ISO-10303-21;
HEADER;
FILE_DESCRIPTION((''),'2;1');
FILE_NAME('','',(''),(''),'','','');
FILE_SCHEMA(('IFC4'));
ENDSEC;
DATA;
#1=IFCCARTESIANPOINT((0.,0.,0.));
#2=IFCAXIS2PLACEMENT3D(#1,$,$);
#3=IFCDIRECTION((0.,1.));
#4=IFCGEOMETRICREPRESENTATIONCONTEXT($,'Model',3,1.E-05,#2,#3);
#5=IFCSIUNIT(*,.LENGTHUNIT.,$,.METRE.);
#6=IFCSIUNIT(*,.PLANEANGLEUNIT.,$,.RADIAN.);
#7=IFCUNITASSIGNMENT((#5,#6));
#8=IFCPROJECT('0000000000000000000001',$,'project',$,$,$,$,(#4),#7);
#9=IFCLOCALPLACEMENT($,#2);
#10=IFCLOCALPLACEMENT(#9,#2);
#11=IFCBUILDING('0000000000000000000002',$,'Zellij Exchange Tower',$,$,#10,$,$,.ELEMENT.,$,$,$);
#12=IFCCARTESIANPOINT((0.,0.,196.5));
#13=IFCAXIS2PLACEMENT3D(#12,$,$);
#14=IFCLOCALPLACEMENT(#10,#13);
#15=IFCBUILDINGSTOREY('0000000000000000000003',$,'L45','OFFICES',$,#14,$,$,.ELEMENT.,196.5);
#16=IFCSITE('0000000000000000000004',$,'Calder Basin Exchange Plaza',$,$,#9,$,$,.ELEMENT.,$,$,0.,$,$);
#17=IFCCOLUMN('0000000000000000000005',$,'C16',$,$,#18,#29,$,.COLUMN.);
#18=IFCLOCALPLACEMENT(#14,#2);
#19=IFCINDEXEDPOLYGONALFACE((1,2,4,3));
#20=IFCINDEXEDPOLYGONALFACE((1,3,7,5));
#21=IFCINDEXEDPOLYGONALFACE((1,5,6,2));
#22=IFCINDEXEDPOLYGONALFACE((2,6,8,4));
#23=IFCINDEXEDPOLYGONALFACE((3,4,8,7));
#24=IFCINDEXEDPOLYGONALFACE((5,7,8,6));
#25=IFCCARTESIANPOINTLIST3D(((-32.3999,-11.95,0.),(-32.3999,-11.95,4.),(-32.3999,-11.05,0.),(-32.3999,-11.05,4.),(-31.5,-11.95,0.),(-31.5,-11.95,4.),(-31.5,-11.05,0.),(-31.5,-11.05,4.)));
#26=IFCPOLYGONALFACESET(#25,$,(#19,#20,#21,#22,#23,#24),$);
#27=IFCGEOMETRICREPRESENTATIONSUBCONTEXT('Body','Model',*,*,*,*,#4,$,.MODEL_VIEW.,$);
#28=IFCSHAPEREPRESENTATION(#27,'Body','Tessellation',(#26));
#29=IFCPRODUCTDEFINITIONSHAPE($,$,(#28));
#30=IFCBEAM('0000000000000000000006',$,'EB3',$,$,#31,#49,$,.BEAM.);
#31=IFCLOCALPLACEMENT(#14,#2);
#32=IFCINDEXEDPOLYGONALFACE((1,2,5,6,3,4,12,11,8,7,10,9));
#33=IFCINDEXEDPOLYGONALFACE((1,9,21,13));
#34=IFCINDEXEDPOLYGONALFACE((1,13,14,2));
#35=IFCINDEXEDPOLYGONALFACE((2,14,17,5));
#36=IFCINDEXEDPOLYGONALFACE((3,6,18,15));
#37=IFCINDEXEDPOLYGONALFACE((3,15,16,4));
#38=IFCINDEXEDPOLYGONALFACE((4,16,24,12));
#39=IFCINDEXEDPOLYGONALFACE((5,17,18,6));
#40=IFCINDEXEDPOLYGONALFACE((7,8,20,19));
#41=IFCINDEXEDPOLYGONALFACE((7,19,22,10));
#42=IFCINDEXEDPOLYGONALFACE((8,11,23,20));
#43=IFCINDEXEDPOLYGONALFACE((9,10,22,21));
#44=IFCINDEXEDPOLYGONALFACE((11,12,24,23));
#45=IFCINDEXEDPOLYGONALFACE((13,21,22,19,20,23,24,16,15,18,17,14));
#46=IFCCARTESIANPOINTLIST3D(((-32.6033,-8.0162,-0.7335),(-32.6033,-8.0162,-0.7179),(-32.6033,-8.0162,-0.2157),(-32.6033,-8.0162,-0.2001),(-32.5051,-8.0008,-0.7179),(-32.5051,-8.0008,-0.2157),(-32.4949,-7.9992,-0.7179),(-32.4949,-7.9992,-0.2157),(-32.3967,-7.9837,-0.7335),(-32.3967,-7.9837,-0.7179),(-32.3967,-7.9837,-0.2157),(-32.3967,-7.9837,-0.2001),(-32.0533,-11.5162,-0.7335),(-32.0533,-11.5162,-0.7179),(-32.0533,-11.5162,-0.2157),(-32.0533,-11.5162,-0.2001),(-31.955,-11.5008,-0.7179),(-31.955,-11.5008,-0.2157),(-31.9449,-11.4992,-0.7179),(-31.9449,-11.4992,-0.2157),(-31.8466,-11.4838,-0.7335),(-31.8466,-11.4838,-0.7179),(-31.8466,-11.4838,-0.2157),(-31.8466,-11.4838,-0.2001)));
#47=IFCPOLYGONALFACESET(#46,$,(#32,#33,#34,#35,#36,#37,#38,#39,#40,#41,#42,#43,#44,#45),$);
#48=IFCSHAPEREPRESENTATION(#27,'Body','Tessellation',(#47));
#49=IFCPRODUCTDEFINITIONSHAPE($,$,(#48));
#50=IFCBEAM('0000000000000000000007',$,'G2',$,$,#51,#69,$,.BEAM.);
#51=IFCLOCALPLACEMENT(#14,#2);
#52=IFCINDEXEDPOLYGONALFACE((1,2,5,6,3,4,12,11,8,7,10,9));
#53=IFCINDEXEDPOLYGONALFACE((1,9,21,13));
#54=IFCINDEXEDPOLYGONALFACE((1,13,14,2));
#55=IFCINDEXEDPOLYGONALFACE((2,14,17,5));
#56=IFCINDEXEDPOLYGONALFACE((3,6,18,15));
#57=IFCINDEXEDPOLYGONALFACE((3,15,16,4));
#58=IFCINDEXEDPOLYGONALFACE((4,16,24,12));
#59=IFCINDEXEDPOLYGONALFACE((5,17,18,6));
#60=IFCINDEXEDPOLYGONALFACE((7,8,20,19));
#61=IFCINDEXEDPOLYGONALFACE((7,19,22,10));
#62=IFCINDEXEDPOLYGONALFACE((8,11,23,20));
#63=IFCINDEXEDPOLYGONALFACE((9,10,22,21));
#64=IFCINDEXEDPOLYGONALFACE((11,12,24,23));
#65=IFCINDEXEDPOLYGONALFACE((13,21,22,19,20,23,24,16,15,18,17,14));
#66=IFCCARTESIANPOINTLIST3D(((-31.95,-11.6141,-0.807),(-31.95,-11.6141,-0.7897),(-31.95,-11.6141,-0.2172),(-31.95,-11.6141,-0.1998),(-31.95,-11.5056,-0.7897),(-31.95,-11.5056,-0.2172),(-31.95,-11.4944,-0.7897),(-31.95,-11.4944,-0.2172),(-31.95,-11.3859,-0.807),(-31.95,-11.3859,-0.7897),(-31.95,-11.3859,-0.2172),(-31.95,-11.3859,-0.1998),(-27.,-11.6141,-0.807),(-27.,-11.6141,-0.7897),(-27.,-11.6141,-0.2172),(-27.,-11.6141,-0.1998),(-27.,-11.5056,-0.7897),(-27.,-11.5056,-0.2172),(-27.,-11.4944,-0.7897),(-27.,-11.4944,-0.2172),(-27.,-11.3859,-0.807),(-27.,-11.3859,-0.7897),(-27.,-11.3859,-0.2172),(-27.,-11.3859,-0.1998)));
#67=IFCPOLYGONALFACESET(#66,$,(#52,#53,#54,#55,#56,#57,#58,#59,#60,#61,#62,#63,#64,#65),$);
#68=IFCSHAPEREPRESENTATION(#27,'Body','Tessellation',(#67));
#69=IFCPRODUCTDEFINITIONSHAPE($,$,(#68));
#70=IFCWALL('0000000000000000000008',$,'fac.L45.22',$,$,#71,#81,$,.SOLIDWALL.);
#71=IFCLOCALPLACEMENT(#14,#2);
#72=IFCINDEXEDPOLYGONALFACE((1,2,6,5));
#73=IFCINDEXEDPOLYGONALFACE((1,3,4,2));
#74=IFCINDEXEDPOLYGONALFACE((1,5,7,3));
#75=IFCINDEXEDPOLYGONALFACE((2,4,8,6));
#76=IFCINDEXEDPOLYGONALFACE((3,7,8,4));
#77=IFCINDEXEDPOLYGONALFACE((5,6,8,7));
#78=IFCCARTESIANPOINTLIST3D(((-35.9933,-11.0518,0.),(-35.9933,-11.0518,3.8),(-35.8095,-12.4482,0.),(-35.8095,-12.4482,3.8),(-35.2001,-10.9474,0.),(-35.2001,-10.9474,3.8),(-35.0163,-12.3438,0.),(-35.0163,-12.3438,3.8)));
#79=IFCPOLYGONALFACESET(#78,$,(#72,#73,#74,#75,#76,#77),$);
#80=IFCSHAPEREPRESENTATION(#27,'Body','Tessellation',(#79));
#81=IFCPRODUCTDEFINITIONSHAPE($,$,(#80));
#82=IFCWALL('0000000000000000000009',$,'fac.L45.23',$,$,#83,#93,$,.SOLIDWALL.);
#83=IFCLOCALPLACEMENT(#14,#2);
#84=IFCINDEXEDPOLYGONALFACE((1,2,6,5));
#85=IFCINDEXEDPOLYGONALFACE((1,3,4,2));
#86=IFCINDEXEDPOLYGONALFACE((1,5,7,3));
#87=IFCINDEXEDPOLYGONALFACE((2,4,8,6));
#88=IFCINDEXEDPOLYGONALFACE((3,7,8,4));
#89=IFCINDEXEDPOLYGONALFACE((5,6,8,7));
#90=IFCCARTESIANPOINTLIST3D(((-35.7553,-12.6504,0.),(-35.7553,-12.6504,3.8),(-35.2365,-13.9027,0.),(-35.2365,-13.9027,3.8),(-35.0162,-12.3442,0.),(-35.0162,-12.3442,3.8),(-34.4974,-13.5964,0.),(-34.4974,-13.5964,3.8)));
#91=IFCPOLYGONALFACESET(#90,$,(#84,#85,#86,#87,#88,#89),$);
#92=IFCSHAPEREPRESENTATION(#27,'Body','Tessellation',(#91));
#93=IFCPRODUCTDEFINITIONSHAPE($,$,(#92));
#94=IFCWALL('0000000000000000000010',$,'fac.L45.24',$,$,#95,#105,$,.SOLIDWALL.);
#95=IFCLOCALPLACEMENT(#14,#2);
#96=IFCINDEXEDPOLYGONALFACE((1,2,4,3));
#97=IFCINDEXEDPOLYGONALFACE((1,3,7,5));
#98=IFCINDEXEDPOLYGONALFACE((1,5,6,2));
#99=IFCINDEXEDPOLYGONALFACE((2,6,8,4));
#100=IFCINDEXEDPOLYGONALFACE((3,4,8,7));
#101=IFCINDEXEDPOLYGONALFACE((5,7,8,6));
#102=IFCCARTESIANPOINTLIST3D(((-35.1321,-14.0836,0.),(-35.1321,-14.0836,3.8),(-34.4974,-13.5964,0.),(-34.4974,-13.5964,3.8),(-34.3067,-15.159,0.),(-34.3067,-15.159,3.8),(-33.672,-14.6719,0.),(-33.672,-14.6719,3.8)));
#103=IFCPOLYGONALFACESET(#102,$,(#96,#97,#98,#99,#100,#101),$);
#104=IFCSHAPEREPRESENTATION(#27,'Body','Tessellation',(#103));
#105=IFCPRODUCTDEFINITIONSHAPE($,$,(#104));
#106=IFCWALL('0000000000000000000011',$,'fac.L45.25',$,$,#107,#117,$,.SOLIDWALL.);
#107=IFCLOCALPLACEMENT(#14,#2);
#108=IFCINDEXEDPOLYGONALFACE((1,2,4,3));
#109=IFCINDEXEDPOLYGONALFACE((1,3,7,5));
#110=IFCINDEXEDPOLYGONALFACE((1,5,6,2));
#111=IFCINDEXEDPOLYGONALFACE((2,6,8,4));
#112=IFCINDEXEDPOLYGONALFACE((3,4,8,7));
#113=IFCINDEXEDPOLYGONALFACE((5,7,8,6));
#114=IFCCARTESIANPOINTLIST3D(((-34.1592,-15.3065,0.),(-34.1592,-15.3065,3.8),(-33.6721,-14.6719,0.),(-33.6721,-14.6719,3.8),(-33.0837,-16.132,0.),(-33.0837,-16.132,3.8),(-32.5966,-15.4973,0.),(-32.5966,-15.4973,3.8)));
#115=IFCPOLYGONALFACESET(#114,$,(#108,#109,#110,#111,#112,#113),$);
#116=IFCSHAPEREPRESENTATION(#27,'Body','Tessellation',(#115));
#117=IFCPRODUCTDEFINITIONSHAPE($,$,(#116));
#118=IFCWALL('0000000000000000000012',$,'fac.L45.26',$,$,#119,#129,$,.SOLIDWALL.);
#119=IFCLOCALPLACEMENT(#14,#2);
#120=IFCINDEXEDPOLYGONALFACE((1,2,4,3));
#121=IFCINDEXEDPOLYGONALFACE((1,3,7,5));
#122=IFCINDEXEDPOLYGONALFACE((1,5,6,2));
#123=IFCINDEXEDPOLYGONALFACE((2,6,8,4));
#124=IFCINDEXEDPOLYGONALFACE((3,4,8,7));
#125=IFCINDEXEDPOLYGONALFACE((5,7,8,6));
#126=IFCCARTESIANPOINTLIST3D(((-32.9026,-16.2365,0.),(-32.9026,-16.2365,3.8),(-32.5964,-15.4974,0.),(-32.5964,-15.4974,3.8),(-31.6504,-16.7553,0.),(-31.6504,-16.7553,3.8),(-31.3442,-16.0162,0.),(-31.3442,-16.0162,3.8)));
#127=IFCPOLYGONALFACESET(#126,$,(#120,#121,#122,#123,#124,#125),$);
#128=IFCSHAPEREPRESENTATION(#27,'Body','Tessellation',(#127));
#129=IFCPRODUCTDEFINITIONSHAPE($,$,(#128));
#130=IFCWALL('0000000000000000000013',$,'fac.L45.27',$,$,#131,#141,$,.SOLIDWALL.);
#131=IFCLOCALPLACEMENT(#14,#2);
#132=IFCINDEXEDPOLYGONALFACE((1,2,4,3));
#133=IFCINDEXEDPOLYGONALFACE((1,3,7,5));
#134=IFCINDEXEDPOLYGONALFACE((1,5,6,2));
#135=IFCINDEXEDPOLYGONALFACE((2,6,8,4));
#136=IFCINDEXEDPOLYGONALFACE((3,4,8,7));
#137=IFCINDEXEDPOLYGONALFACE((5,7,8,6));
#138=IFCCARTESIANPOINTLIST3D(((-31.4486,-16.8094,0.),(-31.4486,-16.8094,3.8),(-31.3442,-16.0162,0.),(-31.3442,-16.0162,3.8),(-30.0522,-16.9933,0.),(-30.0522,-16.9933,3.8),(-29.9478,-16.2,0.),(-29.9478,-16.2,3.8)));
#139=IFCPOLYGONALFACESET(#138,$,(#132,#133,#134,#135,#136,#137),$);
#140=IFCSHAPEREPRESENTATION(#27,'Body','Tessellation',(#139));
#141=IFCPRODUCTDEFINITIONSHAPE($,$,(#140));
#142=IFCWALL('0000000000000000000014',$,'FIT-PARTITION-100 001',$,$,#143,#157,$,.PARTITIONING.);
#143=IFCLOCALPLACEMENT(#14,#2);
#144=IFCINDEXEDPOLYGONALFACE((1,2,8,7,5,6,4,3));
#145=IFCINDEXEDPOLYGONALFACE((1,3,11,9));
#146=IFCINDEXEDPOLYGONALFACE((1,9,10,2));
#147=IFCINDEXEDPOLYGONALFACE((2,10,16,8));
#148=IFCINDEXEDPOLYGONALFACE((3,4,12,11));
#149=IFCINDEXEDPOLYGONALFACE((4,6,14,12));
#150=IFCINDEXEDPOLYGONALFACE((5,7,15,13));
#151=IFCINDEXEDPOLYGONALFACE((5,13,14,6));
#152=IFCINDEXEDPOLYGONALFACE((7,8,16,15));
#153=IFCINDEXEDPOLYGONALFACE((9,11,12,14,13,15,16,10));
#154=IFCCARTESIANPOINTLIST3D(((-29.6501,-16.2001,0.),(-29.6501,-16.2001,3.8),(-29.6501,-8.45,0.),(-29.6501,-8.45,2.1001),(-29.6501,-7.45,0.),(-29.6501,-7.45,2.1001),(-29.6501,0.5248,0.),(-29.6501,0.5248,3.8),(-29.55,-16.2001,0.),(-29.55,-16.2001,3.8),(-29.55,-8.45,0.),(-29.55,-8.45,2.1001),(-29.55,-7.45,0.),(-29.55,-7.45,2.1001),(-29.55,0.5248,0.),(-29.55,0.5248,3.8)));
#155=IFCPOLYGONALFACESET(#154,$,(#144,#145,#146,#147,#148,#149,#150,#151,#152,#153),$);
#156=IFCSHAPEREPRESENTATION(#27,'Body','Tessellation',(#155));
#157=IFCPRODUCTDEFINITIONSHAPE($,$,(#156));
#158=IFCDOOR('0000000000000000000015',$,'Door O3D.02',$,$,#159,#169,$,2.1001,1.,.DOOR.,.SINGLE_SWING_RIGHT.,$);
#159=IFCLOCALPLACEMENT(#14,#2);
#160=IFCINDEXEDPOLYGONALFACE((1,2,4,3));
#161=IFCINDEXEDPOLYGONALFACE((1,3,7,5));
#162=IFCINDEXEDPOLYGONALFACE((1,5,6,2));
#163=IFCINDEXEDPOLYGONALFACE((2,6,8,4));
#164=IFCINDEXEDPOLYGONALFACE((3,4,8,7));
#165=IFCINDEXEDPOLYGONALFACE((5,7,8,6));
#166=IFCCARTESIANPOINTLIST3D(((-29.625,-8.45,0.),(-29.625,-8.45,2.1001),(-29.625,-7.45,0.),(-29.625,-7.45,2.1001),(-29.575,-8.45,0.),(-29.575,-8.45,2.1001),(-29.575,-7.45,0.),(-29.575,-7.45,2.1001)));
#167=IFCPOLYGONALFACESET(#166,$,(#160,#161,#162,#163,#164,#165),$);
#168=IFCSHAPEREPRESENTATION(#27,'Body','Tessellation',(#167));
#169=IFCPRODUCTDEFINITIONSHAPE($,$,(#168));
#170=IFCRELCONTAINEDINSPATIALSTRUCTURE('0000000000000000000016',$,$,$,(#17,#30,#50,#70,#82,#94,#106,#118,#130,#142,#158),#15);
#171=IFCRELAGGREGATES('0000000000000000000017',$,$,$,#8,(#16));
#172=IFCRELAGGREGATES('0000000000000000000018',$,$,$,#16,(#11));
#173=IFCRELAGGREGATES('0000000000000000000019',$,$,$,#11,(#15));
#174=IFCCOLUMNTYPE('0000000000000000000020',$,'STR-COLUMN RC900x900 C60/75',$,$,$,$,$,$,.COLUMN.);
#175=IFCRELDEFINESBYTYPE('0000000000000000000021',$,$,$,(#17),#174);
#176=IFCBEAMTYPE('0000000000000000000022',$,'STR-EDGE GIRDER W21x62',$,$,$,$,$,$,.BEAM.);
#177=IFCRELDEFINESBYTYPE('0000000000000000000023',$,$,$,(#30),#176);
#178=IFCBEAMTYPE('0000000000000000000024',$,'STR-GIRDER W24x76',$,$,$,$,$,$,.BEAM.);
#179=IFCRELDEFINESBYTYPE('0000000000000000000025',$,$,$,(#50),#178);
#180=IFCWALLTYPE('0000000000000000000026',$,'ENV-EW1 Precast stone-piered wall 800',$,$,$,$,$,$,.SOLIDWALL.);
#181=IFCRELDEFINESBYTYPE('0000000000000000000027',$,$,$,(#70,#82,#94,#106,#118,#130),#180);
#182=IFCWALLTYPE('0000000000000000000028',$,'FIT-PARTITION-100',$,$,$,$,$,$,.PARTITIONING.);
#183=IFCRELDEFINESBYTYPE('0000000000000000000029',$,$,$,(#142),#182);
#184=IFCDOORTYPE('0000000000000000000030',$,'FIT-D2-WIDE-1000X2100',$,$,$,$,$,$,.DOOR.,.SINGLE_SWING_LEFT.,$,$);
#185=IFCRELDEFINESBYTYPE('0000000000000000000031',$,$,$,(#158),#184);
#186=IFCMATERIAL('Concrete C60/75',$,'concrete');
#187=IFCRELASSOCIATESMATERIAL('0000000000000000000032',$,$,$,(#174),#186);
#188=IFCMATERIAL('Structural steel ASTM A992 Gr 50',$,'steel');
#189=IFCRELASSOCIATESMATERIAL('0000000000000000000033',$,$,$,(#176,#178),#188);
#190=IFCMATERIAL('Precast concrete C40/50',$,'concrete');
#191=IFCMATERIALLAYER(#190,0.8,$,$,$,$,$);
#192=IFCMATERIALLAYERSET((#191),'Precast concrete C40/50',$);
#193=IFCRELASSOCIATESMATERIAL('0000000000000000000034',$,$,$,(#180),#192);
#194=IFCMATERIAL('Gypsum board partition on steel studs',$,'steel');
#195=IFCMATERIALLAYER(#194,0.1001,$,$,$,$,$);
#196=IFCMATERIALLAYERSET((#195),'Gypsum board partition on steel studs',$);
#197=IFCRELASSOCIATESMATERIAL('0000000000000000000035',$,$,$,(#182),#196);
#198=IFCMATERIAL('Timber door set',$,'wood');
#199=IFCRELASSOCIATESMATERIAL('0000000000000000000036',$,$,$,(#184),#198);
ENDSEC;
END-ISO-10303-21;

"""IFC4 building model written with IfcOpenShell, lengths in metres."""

from ifc_helpers import new_model, si_unit, direction, frame, frame_2d, origin, origin_2d, place, context, subcontext, project, spatial, rectangle, i_section, extrude, material, layer, layer_set, material_profile, profile_set, type_object, element, fill, save


model = new_model("IFC4")

# Units and contexts
model_context = context("Model", 3, precision=1e-05, world=origin(), true_north=direction((0.0, 1.0)))
body_context = subcontext(model_context, "Body", "Model", "MODEL_VIEW")
ifc_project = project(units=[si_unit("LENGTHUNIT", "METRE"), si_unit("PLANEANGLEUNIT", "RADIAN")], contexts=[model_context])

# Site, building, storey
site_placement = place(None, origin())
site = spatial("IfcSite", under=ifc_project, at=site_placement, Name="Calder Basin Exchange Plaza", CompositionType="ELEMENT", RefElevation=0.0)
building_placement = place(site_placement, origin())
building = spatial("IfcBuilding", under=site, at=building_placement, Name="Zellij Exchange Tower", CompositionType="ELEMENT")
storey_placement = place(building_placement, frame((0.0, 0.0, 196.5)))
storey = spatial("IfcBuildingStorey", under=building, at=storey_placement, Name="L45", Description="OFFICES", CompositionType="ELEMENT", Elevation=196.5)

# Column
ifc_material_1 = material(Name="Concrete C60/75", Category="concrete")
ifc_material_profile_1 = material_profile(ifc_material_1, rectangle(XDim=0.8999, YDim=0.8999, at=origin_2d()), Name="STR-COLUMN RC900x900 C60/75")
ifc_profile_set_1 = profile_set([ifc_material_profile_1], Name="Concrete C60/75")
column_type = type_object("IfcColumnType", Name="STR-COLUMN RC900x900 C60/75", PredefinedType="COLUMN", material=ifc_profile_set_1)
column_placement = place(storey_placement, frame((-31.95, -11.5, 0.0), z_axis=(0.0, 0.0, 1.0), x_axis=(1.0, 0.0, 0.0)))
element("IfcColumn", 1, at=column_placement, inside=storey, type_object=column_type, Name="C16", PredefinedType="COLUMN", context=body_context, shape_type="SweptSolid", body=[
    extrude(rectangle(XDim=0.8999, YDim=0.8999, at=origin_2d()), origin(), (0.0, 0.0, 1.0), 4.0),
])

# Beams
ifc_material_2 = material(Name="Structural steel ASTM A992 Gr 50", Category="steel")
ifc_material_profile_2 = material_profile(ifc_material_2, i_section(OverallWidth=0.2092, OverallDepth=0.5334, WebThickness=0.0103, FlangeThickness=0.0156, at=origin_2d()), Name="W21x62")
ifc_profile_set_2 = profile_set([ifc_material_profile_2], Name="Structural steel ASTM A992 Gr 50")
beam_type_1 = type_object("IfcBeamType", Name="STR-EDGE GIRDER W21x62", PredefinedType="BEAM", material=ifc_profile_set_2)
beam_1_placement = place(storey_placement, frame((-31.95, -11.5, -0.4668), z_axis=(-0.155251, 0.987875, 0.0), x_axis=(-0.987875, -0.155251, 0.0)))
element("IfcBeam", 2, at=beam_1_placement, inside=storey, type_object=beam_type_1, Name="EB3", PredefinedType="BEAM", context=body_context, shape_type="SweptSolid", body=[
    extrude(i_section(OverallWidth=0.2092, OverallDepth=0.5334, WebThickness=0.0103, FlangeThickness=0.0156, at=origin_2d()), origin(), (0.0, 0.0, 1.0), 3.543),
])
ifc_material_profile_3 = material_profile(ifc_material_2, i_section(OverallWidth=0.2283, OverallDepth=0.6072, WebThickness=0.0112, FlangeThickness=0.0173, at=origin_2d()), Name="W24x76")
ifc_profile_set_3 = profile_set([ifc_material_profile_3], Name="Structural steel ASTM A992 Gr 50")
beam_type_2 = type_object("IfcBeamType", Name="STR-GIRDER W24x76", PredefinedType="BEAM", material=ifc_profile_set_3)
beam_2_placement = place(storey_placement, frame((-31.95, -11.5, -0.5034), z_axis=(1.0, 0.0, 0.0), x_axis=(0.0, 1.0, 0.0)))
element("IfcBeam", 3, at=beam_2_placement, inside=storey, type_object=beam_type_2, Name="G2", PredefinedType="BEAM", context=body_context, shape_type="SweptSolid", body=[
    extrude(i_section(OverallWidth=0.2283, OverallDepth=0.6072, WebThickness=0.0112, FlangeThickness=0.0173, at=origin_2d()), origin(), (0.0, 0.0, 1.0), 4.95),
])

# Shared definitions
ifc_material_3 = material(Name="Precast concrete C40/50", Category="concrete")
ifc_layer_1 = layer(ifc_material_3, 0.8)
ifc_layer_set_1 = layer_set([ifc_layer_1], Name="Precast concrete C40/50")
wall_type_1 = type_object("IfcWallType", Name="ENV-EW1 Precast stone-piered wall 800", PredefinedType="SOLIDWALL", material=ifc_layer_set_1)

# Walls
wall_1_placement = place(storey_placement, frame((-35.5967, -10.9998, 0.0), z_axis=(0.0, 0.0, 1.0), x_axis=(0.130517, -0.991446, 0.0)))
element("IfcWall", 4, at=wall_1_placement, inside=storey, type_object=wall_type_1, Name="fac.L45.22", PredefinedType="SOLIDWALL", context=body_context, shape_type="SweptSolid", body=[
    extrude(rectangle(XDim=1.4084, YDim=0.8, at=frame_2d((0.7041, 0.0))), origin(), (0.0, 0.0, 1.0), 3.8),
])
wall_2_placement = place(storey_placement, frame((-35.3857, -12.4973, 0.0), z_axis=(0.0, 0.0, 1.0), x_axis=(0.38276, -0.923848, 0.0)))
element("IfcWall", 5, at=wall_2_placement, inside=storey, type_object=wall_type_1, Name="fac.L45.23", PredefinedType="SOLIDWALL", context=body_context, shape_type="SweptSolid", body=[
    extrude(rectangle(XDim=1.3555, YDim=0.8, at=frame_2d((0.6777, 0.0))), origin(), (0.0, 0.0, 1.0), 3.8),
])
for number, where, z_axis, x_axis, name in (
    (6, (-34.8147, -13.8401, 0.0), (0.0, 0.0, 1.0), (0.608866, -0.793273, 0.0), "fac.L45.24"),
    (7, (-33.9155, -14.9893, 0.0), (0.0, 0.0, 1.0), (0.793273, -0.608866, 0.0), "fac.L45.25"),
):
    element("IfcWall", number, at=place(storey_placement, frame(where, z_axis=z_axis, x_axis=x_axis)), inside=storey, type_object=wall_type_1, Name=name, PredefinedType="SOLIDWALL", context=body_context, shape_type="SweptSolid", body=[
        extrude(rectangle(XDim=1.3557, YDim=0.8, at=frame_2d((0.6777, 0.0))), origin(), (0.0, 0.0, 1.0), 3.8),
    ])
wall_3_placement = place(storey_placement, frame((-32.7495, -15.8669, 0.0), z_axis=(0.0, 0.0, 1.0), x_axis=(0.923848, -0.38276, 0.0)))
element("IfcWall", 8, at=wall_3_placement, inside=storey, type_object=wall_type_1, Name="fac.L45.26", PredefinedType="SOLIDWALL", context=body_context, shape_type="SweptSolid", body=[
    extrude(rectangle(XDim=1.3555, YDim=0.8, at=frame_2d((0.6777, 0.0))), origin(), (0.0, 0.0, 1.0), 3.8),
])
wall_4_placement = place(storey_placement, frame((-31.3962, -16.4128, 0.0), z_axis=(0.0, 0.0, 1.0), x_axis=(0.991446, -0.130517, 0.0)))
element("IfcWall", 9, at=wall_4_placement, inside=storey, type_object=wall_type_1, Name="fac.L45.27", PredefinedType="SOLIDWALL", context=body_context, shape_type="SweptSolid", body=[
    extrude(rectangle(XDim=1.4084, YDim=0.8, at=frame_2d((0.7041, 0.0))), origin(), (0.0, 0.0, 1.0), 3.8),
])

# Wall, opening, door
ifc_material_4 = material(Name="Gypsum board partition on steel studs", Category="steel")
ifc_layer_2 = layer(ifc_material_4, 0.1001)
ifc_layer_set_2 = layer_set([ifc_layer_2], Name="Gypsum board partition on steel studs")
wall_type_2 = type_object("IfcWallType", Name="FIT-PARTITION-100", PredefinedType="PARTITIONING", material=ifc_layer_set_2)
wall_5_placement = place(storey_placement, frame((-29.6001, -16.2, 0.0), z_axis=(0.0, 0.0, 1.0), x_axis=(0.0, 1.0, 0.0)))
wall_5 = element("IfcWall", 10, at=wall_5_placement, inside=storey, type_object=wall_type_2, Name="FIT-PARTITION-100 001", PredefinedType="PARTITIONING", context=body_context, shape_type="SweptSolid", body=[
    extrude(rectangle(XDim=16.7249, YDim=0.1001, at=frame_2d((8.3623, 0.0))), origin(), (0.0, 0.0, 1.0), 3.8),
])
opening_1_placement = place(wall_5_placement, frame((7.75, 0.0, 0.0)))
opening_1 = element("IfcOpeningElement", 11, at=opening_1_placement, cuts=wall_5, PredefinedType="OPENING", context=body_context, shape_type="SweptSolid", body=[
    extrude(rectangle(XDim=1.0, YDim=2.1001, at=frame_2d((0.5, 1.05))), frame((0.0, 0.062, 0.0), z_axis=(0.0, -1.0, 0.0), x_axis=(1.0, 0.0, 0.0)), (0.0, 0.0, 1.0), 0.124),
])
ifc_material_5 = material(Name="Timber door set", Category="wood")
door_type = type_object("IfcDoorType", Name="FIT-D2-WIDE-1000X2100", OperationType="SINGLE_SWING_LEFT", PredefinedType="DOOR", material=ifc_material_5)
door_placement = place(opening_1_placement, origin())
door = element("IfcDoor", 12, at=door_placement, inside=storey, type_object=door_type, Name="Door O3D.02", OperationType="SINGLE_SWING_RIGHT", OverallHeight=2.1001, OverallWidth=1.0, PredefinedType="DOOR", context=body_context, shape_type="SweptSolid", body=[
    extrude(rectangle(XDim=1.0, YDim=2.1001, at=frame_2d((0.5, 1.05))), frame((0.0, 0.0249, 0.0), z_axis=(0.0, -1.0, 0.0), x_axis=(1.0, 0.0, 0.0)), (0.0, 0.0, 1.0), 0.05),
])
fill(opening_1, door)

save(model, "model.ifc")
